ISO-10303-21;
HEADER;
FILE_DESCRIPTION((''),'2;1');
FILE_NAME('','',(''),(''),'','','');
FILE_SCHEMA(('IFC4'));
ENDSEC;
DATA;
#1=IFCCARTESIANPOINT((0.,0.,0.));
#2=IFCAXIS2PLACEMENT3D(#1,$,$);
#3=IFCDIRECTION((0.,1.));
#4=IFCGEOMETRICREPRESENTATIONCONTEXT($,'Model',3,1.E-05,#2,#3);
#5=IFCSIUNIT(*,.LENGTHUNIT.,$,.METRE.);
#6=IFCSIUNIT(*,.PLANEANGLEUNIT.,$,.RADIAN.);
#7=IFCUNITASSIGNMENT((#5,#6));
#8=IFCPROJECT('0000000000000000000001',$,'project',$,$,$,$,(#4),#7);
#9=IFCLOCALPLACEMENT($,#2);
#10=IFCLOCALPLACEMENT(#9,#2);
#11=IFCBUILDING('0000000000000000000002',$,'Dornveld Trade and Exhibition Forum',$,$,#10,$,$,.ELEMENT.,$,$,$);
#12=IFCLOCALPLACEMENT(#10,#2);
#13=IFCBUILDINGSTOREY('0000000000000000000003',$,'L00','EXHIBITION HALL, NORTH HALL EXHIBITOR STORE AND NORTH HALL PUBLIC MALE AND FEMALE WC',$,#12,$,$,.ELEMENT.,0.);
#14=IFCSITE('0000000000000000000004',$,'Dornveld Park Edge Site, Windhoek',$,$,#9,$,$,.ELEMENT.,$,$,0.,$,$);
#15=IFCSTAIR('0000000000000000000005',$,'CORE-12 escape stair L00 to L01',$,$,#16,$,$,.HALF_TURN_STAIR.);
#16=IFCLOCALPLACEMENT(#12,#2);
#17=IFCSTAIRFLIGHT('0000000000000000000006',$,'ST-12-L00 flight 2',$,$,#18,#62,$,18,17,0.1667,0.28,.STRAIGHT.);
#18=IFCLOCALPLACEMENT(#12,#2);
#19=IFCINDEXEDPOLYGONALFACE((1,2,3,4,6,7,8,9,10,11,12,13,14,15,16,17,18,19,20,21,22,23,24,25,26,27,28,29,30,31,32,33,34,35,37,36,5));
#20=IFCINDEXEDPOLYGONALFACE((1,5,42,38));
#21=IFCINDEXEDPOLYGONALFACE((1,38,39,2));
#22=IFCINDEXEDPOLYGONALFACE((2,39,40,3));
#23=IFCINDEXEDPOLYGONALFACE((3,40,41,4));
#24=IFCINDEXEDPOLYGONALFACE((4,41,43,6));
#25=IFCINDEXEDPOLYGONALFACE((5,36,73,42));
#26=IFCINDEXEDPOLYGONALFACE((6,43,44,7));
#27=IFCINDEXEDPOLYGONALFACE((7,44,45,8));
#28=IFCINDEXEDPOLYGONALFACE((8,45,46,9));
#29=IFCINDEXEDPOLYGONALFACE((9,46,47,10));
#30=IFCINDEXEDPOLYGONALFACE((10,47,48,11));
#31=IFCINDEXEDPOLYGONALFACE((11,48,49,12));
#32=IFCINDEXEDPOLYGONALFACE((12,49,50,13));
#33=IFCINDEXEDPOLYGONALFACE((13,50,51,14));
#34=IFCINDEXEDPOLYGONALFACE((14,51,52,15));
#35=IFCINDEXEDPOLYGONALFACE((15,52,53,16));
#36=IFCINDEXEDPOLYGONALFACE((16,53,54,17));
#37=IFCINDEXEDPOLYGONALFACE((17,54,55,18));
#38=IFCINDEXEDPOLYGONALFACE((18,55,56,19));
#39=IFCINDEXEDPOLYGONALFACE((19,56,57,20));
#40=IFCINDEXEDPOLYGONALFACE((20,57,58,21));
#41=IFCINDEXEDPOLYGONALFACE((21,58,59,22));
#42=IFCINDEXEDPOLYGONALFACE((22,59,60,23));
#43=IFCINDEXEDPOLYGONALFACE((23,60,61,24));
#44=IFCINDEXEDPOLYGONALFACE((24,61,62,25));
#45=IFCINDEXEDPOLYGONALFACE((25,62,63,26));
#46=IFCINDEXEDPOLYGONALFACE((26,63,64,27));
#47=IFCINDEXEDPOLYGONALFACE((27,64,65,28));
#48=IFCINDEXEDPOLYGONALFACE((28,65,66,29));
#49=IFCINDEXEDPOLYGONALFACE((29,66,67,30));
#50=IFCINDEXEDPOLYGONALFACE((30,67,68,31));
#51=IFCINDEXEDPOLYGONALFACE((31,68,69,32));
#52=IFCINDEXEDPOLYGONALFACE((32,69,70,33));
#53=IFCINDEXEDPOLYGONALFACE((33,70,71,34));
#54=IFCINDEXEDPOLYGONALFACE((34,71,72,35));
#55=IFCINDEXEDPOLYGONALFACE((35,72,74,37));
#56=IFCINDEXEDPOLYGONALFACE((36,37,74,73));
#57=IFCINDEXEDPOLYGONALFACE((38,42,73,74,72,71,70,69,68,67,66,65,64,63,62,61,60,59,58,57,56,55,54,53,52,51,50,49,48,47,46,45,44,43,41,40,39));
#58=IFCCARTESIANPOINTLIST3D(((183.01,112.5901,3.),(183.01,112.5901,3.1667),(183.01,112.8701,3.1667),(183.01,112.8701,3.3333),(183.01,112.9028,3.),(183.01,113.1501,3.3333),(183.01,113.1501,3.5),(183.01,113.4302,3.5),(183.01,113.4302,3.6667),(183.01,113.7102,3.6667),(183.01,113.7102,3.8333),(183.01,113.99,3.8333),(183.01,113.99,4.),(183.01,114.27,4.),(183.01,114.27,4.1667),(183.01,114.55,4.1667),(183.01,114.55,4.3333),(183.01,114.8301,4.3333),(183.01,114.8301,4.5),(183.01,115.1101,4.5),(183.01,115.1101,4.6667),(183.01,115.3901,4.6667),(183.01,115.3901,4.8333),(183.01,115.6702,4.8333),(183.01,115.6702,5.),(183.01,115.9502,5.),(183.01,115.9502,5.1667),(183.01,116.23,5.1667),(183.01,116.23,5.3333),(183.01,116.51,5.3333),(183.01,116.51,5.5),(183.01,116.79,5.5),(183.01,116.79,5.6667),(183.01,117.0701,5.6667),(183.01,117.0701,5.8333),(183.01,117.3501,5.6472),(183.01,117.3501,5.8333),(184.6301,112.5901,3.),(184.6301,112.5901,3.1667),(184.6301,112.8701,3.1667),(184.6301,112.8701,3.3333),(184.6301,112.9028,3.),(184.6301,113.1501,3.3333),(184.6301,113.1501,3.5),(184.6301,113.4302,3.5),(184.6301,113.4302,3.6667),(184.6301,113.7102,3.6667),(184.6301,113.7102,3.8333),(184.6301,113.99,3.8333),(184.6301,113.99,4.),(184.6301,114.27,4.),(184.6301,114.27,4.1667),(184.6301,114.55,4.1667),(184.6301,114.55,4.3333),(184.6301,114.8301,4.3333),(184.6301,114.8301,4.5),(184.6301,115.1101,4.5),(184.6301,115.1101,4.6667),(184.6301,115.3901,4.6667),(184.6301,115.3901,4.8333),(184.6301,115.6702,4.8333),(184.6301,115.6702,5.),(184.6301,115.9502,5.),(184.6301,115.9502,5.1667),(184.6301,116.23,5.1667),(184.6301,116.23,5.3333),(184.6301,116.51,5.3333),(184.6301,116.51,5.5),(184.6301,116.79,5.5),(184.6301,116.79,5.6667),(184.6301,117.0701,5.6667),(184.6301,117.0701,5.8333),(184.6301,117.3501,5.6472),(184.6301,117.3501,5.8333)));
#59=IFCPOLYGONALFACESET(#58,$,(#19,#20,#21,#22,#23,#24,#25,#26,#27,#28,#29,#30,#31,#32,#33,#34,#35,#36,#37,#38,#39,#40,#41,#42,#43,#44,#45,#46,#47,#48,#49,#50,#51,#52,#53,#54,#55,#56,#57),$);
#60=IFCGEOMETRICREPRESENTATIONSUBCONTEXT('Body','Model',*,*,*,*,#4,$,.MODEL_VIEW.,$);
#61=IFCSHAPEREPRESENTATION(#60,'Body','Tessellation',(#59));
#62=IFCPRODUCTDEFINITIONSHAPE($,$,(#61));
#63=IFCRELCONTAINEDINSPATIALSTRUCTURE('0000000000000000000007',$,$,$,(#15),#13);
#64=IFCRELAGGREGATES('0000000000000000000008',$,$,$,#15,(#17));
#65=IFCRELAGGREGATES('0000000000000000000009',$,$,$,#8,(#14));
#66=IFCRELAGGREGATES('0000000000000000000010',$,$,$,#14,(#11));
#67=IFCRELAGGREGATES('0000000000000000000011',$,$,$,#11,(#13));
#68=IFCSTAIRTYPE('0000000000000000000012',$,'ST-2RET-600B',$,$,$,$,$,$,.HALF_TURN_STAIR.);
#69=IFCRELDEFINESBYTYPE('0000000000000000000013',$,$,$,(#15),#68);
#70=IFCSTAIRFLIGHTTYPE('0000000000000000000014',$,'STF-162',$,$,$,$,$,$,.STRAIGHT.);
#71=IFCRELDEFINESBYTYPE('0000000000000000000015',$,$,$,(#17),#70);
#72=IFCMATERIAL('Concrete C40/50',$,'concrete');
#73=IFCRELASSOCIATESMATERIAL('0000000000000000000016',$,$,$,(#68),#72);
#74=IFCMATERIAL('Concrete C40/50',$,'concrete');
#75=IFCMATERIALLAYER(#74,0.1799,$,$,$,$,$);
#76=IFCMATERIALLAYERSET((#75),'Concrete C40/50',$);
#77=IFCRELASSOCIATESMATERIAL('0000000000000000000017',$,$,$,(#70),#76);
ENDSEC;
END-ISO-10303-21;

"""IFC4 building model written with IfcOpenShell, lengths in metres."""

from ifc_helpers import new_model, si_unit, direction, frame, origin, place, context, subcontext, project, spatial, polyline, outline, extrude, material, layer, layer_set, type_object, element, aggregate, save


model = new_model("IFC4")

# Units and contexts
model_context = context("Model", 3, precision=1e-05, world=origin(), true_north=direction((0.0, 1.0)))
body_context = subcontext(model_context, "Body", "Model", "MODEL_VIEW")
ifc_project = project(units=[si_unit("LENGTHUNIT", "METRE"), si_unit("PLANEANGLEUNIT", "RADIAN")], contexts=[model_context])

# Site, building, storey
site_placement = place(None, origin())
site = spatial("IfcSite", under=ifc_project, at=site_placement, Name="Dornveld Park Edge Site, Windhoek", CompositionType="ELEMENT", RefElevation=0.0)
building_placement = place(site_placement, origin())
building = spatial("IfcBuilding", under=site, at=building_placement, Name="Dornveld Trade and Exhibition Forum", CompositionType="ELEMENT")
storey_placement = place(building_placement, origin())
storey = spatial("IfcBuildingStorey", under=building, at=storey_placement, Name="L00", Description="EXHIBITION HALL, NORTH HALL EXHIBITOR STORE AND NORTH HALL PUBLIC MALE AND FEMALE WC", CompositionType="ELEMENT", Elevation=0.0)

# Stair, stair flight
ifc_material_1 = material(Name="Concrete C40/50", Category="concrete")
stair_type = type_object("IfcStairType", Name="ST-2RET-600B", PredefinedType="HALF_TURN_STAIR", material=ifc_material_1)
stair_placement = place(storey_placement, origin())
stair = element("IfcStair", 1, at=stair_placement, inside=storey, type_object=stair_type, Name="CORE-12 escape stair L00 to L01", PredefinedType="HALF_TURN_STAIR")
ifc_material_2 = material(Name="Concrete C40/50", Category="concrete")
ifc_layer_1 = layer(ifc_material_2, 0.1799)
ifc_layer_set_1 = layer_set([ifc_layer_1], Name="Concrete C40/50")
stair_flight_type = type_object("IfcStairFlightType", Name="STF-162", PredefinedType="STRAIGHT", material=ifc_layer_set_1)
stair_flight_1_placement = place(storey_placement, frame((183.8201, 112.5901, 3.0), z_axis=(0.0, 0.0, 1.0), x_axis=(0.0, 1.0, 0.0)))
stair_flight_1 = element("IfcStairFlight", 2, at=stair_flight_1_placement, type_object=stair_flight_type, Name="ST-12-L00 flight 2", NumberOfRisers=18, NumberOfTreads=17, PredefinedType="STRAIGHT", RiserHeight=0.1667, TreadLength=0.28, context=body_context, shape_type="SweptSolid", body=[
    extrude(outline(polyline([(0.0, 0.0), (0.0, 0.1667), (0.28, 0.1667), (0.28, 0.3333), (0.5601, 0.3333), (0.5601, 0.5), (0.8401, 0.5), (0.8401, 0.6667), (1.1201, 0.6667), (1.1201, 0.8333), (1.3999, 0.8333), (1.3999, 1.0), (1.6799, 1.0), (1.6799, 1.1667), (1.96, 1.1667), (1.96, 1.3333), (2.24, 1.3333), (2.24, 1.5), (2.52, 1.5), (2.52, 1.6667), (2.8, 1.6667), (2.8, 1.8333), (3.0801, 1.8333), (3.0801, 2.0), (3.3601, 2.0), (3.3601, 2.1667), (3.6399, 2.1667), (3.6399, 2.3333), (3.9199, 2.3333), (3.9199, 2.5), (4.2, 2.5), (4.2, 2.6667), (4.48, 2.6667), (4.48, 2.8333), (4.76, 2.8333), (4.76, 3.0), (4.76, 2.6472), (0.3127, 0.0), (0.0, 0.0)])), frame((0.0, 0.8101, 0.0), z_axis=(0.0, -1.0, 0.0), x_axis=(1.0, 0.0, 0.0)), (0.0, 0.0, 1.0), 1.6201),
])
aggregate(stair, [stair_flight_1])

save(model, "model.ifc")
